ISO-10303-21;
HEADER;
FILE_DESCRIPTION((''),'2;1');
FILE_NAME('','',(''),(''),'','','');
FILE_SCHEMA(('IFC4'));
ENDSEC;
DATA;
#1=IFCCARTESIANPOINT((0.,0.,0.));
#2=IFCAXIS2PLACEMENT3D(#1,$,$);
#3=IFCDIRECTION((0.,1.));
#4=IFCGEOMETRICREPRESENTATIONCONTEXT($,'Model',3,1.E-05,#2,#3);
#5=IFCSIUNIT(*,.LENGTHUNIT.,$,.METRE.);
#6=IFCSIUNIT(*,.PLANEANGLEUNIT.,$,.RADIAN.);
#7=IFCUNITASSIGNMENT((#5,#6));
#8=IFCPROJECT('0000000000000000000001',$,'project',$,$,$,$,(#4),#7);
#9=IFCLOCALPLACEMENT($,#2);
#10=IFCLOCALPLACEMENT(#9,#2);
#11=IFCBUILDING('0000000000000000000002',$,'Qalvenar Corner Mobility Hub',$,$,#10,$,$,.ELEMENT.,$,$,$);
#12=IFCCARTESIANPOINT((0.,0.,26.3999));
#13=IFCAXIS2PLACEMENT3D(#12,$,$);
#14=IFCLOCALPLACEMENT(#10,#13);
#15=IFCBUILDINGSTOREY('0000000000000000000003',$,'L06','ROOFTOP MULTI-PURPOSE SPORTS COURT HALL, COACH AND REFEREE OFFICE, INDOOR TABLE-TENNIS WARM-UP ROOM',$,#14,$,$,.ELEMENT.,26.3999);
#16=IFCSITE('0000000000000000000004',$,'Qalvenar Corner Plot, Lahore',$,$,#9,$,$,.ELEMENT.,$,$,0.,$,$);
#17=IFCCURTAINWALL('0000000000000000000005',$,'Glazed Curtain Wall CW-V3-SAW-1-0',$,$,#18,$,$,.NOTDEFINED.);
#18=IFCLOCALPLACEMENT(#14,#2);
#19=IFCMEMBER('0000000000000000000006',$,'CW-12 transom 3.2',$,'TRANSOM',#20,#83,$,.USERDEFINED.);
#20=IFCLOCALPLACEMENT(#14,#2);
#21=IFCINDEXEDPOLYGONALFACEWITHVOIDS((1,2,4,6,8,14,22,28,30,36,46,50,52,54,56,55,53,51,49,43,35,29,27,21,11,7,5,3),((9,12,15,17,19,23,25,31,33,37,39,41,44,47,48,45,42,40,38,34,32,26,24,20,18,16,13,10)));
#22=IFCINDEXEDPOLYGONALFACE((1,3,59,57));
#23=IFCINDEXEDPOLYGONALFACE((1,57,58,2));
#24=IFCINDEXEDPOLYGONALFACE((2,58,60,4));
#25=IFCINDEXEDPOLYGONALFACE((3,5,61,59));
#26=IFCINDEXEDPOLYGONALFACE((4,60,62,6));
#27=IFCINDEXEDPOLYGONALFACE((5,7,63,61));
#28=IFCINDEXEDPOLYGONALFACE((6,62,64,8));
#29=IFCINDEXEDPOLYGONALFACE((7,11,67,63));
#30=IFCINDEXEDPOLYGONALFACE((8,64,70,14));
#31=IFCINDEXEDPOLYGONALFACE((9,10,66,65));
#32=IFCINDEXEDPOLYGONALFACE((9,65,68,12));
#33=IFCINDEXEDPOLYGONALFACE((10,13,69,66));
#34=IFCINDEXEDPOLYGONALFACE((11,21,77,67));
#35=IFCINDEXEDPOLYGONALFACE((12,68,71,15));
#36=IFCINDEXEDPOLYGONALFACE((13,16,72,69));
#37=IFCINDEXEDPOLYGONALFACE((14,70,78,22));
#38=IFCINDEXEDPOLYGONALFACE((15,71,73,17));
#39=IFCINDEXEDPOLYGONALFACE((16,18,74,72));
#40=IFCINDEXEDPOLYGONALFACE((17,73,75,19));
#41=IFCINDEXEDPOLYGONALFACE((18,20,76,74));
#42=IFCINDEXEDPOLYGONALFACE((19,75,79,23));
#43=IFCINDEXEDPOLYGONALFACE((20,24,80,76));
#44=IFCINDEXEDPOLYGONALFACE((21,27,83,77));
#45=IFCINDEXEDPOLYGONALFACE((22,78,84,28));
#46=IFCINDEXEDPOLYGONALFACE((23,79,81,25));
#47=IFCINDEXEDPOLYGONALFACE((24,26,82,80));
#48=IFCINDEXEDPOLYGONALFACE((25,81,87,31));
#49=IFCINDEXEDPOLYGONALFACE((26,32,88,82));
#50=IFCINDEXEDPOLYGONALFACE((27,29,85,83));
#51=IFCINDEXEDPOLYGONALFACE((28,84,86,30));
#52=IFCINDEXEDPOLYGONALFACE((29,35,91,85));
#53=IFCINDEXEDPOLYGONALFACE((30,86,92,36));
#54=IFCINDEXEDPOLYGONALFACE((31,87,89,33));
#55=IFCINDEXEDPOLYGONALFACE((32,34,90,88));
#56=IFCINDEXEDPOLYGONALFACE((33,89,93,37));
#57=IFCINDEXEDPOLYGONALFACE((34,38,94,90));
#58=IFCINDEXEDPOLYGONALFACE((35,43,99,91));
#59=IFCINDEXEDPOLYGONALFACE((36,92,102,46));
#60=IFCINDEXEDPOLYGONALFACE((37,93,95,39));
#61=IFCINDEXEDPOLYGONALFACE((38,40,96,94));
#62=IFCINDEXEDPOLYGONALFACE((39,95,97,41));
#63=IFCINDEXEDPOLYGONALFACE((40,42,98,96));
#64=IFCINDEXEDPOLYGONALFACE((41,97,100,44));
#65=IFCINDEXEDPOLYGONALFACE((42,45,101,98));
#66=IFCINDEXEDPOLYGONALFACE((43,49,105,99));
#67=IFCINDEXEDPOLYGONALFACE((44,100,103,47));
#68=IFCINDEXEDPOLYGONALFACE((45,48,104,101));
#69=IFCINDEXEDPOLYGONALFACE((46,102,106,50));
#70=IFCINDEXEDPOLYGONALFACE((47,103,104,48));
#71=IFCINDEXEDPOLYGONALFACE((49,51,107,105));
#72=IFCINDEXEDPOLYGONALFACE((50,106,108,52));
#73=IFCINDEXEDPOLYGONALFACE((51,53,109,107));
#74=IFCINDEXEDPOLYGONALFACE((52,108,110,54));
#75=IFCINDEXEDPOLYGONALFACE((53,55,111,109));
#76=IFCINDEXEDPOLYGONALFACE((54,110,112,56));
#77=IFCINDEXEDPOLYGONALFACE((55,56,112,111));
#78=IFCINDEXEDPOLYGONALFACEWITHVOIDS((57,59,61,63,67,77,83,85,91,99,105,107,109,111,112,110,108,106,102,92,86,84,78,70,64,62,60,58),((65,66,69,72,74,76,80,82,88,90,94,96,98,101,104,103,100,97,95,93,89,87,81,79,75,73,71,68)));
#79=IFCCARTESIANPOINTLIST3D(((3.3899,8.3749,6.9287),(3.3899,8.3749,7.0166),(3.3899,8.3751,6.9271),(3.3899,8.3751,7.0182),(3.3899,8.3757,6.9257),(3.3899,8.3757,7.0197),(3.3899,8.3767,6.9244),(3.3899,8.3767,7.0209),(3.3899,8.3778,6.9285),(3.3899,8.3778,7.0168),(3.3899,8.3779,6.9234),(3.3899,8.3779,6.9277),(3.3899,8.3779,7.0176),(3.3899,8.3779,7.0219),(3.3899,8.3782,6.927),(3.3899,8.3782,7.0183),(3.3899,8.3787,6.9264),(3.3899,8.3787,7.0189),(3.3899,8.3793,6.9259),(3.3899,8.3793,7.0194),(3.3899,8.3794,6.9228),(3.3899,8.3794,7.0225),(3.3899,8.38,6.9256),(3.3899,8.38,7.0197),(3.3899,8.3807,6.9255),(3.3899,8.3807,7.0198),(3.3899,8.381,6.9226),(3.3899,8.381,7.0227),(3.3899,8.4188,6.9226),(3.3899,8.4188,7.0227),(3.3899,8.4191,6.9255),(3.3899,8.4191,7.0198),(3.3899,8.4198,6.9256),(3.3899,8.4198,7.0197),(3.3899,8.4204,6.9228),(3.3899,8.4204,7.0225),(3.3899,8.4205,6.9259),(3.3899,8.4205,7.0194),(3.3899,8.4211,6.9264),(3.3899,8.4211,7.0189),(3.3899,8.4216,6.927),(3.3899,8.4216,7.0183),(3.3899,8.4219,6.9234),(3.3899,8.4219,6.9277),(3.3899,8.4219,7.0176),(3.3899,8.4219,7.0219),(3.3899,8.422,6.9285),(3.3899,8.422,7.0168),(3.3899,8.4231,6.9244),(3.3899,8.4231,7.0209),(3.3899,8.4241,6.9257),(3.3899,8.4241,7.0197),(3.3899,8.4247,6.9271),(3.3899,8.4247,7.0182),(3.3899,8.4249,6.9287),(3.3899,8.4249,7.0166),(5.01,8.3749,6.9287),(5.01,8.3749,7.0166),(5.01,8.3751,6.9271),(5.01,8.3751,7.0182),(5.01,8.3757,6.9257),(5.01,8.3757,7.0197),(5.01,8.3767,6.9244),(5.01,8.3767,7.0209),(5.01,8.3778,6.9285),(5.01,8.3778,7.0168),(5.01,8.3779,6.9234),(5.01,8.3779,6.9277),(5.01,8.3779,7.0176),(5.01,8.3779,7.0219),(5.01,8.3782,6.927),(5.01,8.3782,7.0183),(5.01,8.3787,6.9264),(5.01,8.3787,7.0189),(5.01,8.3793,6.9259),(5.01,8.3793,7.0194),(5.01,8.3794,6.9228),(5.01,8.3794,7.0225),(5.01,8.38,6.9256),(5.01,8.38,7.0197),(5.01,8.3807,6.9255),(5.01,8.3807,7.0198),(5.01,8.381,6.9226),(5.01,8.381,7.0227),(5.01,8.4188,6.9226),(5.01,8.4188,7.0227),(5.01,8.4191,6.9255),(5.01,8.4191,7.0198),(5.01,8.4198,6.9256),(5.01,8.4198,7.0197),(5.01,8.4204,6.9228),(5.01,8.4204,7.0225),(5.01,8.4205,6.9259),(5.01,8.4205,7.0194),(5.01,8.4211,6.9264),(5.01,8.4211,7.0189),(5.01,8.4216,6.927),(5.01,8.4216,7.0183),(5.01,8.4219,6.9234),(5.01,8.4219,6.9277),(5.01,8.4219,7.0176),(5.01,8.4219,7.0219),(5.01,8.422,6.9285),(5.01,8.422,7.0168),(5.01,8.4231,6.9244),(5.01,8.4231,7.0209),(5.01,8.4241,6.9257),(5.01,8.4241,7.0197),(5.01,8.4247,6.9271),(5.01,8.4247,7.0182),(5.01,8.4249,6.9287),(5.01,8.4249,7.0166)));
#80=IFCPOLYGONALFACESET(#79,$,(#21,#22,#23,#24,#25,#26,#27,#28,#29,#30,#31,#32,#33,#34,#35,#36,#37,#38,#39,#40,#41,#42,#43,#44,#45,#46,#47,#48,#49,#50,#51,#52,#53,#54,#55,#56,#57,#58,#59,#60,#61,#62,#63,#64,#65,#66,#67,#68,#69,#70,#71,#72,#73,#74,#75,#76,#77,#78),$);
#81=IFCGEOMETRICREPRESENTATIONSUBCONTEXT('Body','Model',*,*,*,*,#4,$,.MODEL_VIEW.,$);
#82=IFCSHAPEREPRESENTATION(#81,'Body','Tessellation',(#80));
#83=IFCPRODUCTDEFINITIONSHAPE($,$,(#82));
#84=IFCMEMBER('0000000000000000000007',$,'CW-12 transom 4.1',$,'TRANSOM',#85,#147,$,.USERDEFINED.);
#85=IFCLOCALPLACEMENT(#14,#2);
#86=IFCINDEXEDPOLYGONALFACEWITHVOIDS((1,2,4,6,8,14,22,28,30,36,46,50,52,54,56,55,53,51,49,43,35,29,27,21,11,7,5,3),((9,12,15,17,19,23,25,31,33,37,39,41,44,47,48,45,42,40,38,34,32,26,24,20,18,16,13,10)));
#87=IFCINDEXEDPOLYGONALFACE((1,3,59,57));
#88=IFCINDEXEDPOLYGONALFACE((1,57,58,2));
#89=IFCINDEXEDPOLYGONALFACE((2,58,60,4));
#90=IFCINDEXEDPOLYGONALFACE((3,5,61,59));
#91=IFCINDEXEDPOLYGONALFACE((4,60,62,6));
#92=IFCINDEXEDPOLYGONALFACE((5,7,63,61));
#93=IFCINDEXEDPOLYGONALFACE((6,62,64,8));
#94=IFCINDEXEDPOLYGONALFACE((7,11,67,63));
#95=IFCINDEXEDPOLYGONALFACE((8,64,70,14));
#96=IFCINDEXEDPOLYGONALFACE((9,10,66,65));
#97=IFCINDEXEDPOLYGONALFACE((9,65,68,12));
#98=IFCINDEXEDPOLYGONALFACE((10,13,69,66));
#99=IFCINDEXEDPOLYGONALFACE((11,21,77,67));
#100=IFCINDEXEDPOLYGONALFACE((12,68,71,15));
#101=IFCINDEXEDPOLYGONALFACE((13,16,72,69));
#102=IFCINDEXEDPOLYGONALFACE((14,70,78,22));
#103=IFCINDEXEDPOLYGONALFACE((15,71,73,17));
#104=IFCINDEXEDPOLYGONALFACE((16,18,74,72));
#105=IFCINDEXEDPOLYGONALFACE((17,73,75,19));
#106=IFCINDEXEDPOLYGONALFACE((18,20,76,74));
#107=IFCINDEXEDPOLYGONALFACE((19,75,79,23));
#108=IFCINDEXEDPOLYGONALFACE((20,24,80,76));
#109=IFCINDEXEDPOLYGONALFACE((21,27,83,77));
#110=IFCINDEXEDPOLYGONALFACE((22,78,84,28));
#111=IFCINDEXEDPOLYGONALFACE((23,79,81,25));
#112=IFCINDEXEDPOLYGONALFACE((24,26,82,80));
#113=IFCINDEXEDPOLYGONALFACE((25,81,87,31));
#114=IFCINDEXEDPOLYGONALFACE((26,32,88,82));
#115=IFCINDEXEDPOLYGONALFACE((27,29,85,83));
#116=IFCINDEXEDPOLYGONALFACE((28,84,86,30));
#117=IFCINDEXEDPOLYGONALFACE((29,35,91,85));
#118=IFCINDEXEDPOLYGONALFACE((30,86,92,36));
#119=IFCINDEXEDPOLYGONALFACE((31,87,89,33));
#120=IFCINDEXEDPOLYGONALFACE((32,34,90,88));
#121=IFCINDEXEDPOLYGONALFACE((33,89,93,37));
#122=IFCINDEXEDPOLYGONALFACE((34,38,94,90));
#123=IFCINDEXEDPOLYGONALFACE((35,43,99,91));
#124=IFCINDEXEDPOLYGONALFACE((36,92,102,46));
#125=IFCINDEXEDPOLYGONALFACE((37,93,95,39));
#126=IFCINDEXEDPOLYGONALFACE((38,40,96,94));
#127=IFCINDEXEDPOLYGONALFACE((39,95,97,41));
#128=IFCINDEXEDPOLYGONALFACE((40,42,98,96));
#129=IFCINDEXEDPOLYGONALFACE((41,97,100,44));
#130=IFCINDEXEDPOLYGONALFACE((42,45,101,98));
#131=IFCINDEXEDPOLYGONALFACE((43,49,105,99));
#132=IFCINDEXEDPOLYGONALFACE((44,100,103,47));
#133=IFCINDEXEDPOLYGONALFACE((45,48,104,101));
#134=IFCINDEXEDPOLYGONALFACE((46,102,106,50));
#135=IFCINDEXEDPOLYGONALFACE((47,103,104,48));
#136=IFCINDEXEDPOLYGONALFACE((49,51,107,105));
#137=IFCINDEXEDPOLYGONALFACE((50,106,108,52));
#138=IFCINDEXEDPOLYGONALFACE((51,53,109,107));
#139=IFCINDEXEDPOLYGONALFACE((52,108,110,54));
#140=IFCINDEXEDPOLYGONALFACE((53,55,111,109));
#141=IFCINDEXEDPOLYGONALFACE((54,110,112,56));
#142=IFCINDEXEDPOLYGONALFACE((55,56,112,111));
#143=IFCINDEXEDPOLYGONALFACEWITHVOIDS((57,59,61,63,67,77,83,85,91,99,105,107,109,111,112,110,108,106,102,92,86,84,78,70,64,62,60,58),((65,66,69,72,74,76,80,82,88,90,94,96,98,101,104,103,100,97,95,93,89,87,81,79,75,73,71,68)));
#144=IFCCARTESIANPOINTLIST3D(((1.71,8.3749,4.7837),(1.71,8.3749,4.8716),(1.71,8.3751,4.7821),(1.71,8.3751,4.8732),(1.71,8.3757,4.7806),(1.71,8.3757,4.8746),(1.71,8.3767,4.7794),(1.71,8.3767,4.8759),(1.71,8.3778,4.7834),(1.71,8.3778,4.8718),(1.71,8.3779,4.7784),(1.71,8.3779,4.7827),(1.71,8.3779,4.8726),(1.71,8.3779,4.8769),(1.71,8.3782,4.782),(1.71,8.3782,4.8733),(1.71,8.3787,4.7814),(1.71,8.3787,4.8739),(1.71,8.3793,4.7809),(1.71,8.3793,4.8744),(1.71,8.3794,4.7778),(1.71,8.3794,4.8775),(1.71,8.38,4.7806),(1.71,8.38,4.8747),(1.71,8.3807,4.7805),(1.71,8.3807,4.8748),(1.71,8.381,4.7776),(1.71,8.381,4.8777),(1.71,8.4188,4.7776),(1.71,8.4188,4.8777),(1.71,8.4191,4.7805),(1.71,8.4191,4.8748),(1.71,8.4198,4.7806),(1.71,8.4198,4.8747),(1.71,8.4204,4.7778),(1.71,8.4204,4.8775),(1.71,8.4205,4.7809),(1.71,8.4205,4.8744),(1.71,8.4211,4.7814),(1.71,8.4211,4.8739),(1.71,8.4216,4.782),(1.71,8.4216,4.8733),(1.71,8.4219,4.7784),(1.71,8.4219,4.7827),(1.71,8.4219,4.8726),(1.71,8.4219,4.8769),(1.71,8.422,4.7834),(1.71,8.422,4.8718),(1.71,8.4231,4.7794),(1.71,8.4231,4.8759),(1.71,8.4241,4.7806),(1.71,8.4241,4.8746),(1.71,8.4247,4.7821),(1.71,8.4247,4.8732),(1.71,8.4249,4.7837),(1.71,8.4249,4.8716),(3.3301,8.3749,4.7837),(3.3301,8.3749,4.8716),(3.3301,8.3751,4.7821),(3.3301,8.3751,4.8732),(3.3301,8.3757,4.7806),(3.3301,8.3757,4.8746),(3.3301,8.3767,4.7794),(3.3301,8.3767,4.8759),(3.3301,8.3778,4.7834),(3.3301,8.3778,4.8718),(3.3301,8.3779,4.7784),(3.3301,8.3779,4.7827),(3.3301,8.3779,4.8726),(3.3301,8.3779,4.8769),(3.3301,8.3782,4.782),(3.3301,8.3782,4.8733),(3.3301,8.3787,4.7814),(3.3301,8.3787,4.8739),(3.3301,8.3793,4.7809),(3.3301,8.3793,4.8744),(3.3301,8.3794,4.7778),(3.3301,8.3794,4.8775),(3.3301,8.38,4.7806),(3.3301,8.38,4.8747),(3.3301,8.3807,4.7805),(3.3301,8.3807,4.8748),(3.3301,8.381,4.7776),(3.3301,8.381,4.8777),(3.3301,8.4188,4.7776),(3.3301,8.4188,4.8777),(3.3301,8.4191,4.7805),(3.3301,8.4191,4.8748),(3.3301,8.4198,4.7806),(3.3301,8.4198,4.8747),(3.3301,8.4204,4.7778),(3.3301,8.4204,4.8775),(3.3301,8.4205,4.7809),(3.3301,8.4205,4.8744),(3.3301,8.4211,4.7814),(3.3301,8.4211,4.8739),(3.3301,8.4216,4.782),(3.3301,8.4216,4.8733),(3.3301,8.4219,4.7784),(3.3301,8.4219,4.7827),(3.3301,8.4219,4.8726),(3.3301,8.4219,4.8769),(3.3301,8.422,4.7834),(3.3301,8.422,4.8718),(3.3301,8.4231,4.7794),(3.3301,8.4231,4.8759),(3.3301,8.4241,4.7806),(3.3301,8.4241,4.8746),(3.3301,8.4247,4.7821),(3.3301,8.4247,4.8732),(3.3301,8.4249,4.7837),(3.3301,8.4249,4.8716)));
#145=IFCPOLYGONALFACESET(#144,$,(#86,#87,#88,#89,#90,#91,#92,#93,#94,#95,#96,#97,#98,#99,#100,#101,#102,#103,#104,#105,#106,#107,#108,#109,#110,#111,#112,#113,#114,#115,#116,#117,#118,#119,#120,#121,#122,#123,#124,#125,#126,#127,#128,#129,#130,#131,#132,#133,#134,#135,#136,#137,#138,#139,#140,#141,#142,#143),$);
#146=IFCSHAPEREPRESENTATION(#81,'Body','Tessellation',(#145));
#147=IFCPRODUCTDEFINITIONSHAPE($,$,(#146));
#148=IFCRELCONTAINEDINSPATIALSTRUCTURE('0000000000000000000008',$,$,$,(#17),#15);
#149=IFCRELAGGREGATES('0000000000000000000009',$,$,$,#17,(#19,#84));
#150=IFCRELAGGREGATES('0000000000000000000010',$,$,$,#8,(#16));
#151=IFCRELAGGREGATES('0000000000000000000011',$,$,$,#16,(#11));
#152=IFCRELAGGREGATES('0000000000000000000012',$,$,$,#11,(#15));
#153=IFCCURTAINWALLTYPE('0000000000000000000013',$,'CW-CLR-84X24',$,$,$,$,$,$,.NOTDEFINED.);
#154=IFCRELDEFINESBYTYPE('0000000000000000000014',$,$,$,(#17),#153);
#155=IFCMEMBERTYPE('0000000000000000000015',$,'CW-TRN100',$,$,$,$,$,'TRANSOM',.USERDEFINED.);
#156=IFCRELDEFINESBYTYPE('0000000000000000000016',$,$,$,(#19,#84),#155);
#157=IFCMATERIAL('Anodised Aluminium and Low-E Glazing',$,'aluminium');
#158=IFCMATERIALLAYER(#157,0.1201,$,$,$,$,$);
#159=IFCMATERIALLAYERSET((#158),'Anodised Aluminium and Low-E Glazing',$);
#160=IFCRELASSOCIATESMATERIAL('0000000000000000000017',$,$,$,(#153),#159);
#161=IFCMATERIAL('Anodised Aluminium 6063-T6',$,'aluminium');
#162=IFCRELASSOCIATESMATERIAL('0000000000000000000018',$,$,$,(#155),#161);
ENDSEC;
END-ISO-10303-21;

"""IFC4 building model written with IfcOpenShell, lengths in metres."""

from ifc_helpers import new_model, si_unit, direction, frame, origin, origin_2d, place, context, subcontext, project, spatial, hollow_rectangle, extrude, material, layer, layer_set, material_profile, profile_set, type_object, element, aggregate, save


model = new_model("IFC4")

# Units and contexts
model_context = context("Model", 3, precision=1e-05, world=origin(), true_north=direction((0.0, 1.0)))
body_context = subcontext(model_context, "Body", "Model", "MODEL_VIEW")
ifc_project = project(units=[si_unit("LENGTHUNIT", "METRE"), si_unit("PLANEANGLEUNIT", "RADIAN")], contexts=[model_context])

# Site, building, storey
site_placement = place(None, origin())
site = spatial("IfcSite", under=ifc_project, at=site_placement, Name="Qalvenar Corner Plot, Lahore", CompositionType="ELEMENT", RefElevation=0.0)
building_placement = place(site_placement, origin())
building = spatial("IfcBuilding", under=site, at=building_placement, Name="Qalvenar Corner Mobility Hub", CompositionType="ELEMENT")
storey_placement = place(building_placement, frame((0.0, 0.0, 26.3999)))
storey = spatial("IfcBuildingStorey", under=building, at=storey_placement, Name="L06", Description="ROOFTOP MULTI-PURPOSE SPORTS COURT HALL, COACH AND REFEREE OFFICE, INDOOR TABLE-TENNIS WARM-UP ROOM", CompositionType="ELEMENT", Elevation=26.3999)

# Curtain wall
ifc_material_1 = material(Name="Anodised Aluminium and Low-E Glazing", Category="aluminium")
ifc_layer_1 = layer(ifc_material_1, 0.1201)
ifc_layer_set_1 = layer_set([ifc_layer_1], Name="Anodised Aluminium and Low-E Glazing")
curtain_wall_type_1 = type_object("IfcCurtainWallType", Name="CW-CLR-84X24", PredefinedType="NOTDEFINED", material=ifc_layer_set_1)
curtain_wall_1_placement = place(storey_placement, origin())
curtain_wall_1 = element("IfcCurtainWall", 1, at=curtain_wall_1_placement, inside=storey, type_object=curtain_wall_type_1, Name="Glazed Curtain Wall CW-V3-SAW-1-0", PredefinedType="NOTDEFINED")
ifc_material_2 = material(Name="Anodised Aluminium 6063-T6", Category="aluminium")

# Members
ifc_material_profile_1 = material_profile(ifc_material_2, hollow_rectangle(XDim=0.05, YDim=0.1001, WallThickness=0.0029, InnerFilletRadius=0.0029, OuterFilletRadius=0.0061, at=origin_2d()), Name="RHS100x50x3")
ifc_profile_set_1 = profile_set([ifc_material_profile_1], Name="Anodised Aluminium 6063-T6")
member_type_1 = type_object("IfcMemberType", Name="CW-TRN100", ElementType="TRANSOM", PredefinedType="USERDEFINED", material=ifc_profile_set_1)
member_1_placement = place(storey_placement, frame((5.01, 8.3999, 6.9727), z_axis=(-1.0, 0.0, 0.0), x_axis=(0.0, -1.0, 0.0)))
member_1 = element("IfcMember", 2, at=member_1_placement, type_object=member_type_1, Name="CW-12 transom 3.2", ObjectType="TRANSOM", PredefinedType="USERDEFINED", context=body_context, shape_type="SweptSolid", body=[
    extrude(hollow_rectangle(XDim=0.05, YDim=0.1001, WallThickness=0.0029, InnerFilletRadius=0.0029, OuterFilletRadius=0.0061, at=origin_2d()), origin(), (0.0, 0.0, 1.0), 1.6201),
])
member_2_placement = place(storey_placement, frame((3.3301, 8.3999, 4.8276), z_axis=(-1.0, 0.0, 0.0), x_axis=(0.0, -1.0, 0.0)))
member_2 = element("IfcMember", 3, at=member_2_placement, type_object=member_type_1, Name="CW-12 transom 4.1", ObjectType="TRANSOM", PredefinedType="USERDEFINED", context=body_context, shape_type="SweptSolid", body=[
    extrude(hollow_rectangle(XDim=0.05, YDim=0.1001, WallThickness=0.0029, InnerFilletRadius=0.0029, OuterFilletRadius=0.0061, at=origin_2d()), origin(), (0.0, 0.0, 1.0), 1.6201),
])

aggregate(curtain_wall_1, [member_1, member_2])

save(model, "model.ifc")
